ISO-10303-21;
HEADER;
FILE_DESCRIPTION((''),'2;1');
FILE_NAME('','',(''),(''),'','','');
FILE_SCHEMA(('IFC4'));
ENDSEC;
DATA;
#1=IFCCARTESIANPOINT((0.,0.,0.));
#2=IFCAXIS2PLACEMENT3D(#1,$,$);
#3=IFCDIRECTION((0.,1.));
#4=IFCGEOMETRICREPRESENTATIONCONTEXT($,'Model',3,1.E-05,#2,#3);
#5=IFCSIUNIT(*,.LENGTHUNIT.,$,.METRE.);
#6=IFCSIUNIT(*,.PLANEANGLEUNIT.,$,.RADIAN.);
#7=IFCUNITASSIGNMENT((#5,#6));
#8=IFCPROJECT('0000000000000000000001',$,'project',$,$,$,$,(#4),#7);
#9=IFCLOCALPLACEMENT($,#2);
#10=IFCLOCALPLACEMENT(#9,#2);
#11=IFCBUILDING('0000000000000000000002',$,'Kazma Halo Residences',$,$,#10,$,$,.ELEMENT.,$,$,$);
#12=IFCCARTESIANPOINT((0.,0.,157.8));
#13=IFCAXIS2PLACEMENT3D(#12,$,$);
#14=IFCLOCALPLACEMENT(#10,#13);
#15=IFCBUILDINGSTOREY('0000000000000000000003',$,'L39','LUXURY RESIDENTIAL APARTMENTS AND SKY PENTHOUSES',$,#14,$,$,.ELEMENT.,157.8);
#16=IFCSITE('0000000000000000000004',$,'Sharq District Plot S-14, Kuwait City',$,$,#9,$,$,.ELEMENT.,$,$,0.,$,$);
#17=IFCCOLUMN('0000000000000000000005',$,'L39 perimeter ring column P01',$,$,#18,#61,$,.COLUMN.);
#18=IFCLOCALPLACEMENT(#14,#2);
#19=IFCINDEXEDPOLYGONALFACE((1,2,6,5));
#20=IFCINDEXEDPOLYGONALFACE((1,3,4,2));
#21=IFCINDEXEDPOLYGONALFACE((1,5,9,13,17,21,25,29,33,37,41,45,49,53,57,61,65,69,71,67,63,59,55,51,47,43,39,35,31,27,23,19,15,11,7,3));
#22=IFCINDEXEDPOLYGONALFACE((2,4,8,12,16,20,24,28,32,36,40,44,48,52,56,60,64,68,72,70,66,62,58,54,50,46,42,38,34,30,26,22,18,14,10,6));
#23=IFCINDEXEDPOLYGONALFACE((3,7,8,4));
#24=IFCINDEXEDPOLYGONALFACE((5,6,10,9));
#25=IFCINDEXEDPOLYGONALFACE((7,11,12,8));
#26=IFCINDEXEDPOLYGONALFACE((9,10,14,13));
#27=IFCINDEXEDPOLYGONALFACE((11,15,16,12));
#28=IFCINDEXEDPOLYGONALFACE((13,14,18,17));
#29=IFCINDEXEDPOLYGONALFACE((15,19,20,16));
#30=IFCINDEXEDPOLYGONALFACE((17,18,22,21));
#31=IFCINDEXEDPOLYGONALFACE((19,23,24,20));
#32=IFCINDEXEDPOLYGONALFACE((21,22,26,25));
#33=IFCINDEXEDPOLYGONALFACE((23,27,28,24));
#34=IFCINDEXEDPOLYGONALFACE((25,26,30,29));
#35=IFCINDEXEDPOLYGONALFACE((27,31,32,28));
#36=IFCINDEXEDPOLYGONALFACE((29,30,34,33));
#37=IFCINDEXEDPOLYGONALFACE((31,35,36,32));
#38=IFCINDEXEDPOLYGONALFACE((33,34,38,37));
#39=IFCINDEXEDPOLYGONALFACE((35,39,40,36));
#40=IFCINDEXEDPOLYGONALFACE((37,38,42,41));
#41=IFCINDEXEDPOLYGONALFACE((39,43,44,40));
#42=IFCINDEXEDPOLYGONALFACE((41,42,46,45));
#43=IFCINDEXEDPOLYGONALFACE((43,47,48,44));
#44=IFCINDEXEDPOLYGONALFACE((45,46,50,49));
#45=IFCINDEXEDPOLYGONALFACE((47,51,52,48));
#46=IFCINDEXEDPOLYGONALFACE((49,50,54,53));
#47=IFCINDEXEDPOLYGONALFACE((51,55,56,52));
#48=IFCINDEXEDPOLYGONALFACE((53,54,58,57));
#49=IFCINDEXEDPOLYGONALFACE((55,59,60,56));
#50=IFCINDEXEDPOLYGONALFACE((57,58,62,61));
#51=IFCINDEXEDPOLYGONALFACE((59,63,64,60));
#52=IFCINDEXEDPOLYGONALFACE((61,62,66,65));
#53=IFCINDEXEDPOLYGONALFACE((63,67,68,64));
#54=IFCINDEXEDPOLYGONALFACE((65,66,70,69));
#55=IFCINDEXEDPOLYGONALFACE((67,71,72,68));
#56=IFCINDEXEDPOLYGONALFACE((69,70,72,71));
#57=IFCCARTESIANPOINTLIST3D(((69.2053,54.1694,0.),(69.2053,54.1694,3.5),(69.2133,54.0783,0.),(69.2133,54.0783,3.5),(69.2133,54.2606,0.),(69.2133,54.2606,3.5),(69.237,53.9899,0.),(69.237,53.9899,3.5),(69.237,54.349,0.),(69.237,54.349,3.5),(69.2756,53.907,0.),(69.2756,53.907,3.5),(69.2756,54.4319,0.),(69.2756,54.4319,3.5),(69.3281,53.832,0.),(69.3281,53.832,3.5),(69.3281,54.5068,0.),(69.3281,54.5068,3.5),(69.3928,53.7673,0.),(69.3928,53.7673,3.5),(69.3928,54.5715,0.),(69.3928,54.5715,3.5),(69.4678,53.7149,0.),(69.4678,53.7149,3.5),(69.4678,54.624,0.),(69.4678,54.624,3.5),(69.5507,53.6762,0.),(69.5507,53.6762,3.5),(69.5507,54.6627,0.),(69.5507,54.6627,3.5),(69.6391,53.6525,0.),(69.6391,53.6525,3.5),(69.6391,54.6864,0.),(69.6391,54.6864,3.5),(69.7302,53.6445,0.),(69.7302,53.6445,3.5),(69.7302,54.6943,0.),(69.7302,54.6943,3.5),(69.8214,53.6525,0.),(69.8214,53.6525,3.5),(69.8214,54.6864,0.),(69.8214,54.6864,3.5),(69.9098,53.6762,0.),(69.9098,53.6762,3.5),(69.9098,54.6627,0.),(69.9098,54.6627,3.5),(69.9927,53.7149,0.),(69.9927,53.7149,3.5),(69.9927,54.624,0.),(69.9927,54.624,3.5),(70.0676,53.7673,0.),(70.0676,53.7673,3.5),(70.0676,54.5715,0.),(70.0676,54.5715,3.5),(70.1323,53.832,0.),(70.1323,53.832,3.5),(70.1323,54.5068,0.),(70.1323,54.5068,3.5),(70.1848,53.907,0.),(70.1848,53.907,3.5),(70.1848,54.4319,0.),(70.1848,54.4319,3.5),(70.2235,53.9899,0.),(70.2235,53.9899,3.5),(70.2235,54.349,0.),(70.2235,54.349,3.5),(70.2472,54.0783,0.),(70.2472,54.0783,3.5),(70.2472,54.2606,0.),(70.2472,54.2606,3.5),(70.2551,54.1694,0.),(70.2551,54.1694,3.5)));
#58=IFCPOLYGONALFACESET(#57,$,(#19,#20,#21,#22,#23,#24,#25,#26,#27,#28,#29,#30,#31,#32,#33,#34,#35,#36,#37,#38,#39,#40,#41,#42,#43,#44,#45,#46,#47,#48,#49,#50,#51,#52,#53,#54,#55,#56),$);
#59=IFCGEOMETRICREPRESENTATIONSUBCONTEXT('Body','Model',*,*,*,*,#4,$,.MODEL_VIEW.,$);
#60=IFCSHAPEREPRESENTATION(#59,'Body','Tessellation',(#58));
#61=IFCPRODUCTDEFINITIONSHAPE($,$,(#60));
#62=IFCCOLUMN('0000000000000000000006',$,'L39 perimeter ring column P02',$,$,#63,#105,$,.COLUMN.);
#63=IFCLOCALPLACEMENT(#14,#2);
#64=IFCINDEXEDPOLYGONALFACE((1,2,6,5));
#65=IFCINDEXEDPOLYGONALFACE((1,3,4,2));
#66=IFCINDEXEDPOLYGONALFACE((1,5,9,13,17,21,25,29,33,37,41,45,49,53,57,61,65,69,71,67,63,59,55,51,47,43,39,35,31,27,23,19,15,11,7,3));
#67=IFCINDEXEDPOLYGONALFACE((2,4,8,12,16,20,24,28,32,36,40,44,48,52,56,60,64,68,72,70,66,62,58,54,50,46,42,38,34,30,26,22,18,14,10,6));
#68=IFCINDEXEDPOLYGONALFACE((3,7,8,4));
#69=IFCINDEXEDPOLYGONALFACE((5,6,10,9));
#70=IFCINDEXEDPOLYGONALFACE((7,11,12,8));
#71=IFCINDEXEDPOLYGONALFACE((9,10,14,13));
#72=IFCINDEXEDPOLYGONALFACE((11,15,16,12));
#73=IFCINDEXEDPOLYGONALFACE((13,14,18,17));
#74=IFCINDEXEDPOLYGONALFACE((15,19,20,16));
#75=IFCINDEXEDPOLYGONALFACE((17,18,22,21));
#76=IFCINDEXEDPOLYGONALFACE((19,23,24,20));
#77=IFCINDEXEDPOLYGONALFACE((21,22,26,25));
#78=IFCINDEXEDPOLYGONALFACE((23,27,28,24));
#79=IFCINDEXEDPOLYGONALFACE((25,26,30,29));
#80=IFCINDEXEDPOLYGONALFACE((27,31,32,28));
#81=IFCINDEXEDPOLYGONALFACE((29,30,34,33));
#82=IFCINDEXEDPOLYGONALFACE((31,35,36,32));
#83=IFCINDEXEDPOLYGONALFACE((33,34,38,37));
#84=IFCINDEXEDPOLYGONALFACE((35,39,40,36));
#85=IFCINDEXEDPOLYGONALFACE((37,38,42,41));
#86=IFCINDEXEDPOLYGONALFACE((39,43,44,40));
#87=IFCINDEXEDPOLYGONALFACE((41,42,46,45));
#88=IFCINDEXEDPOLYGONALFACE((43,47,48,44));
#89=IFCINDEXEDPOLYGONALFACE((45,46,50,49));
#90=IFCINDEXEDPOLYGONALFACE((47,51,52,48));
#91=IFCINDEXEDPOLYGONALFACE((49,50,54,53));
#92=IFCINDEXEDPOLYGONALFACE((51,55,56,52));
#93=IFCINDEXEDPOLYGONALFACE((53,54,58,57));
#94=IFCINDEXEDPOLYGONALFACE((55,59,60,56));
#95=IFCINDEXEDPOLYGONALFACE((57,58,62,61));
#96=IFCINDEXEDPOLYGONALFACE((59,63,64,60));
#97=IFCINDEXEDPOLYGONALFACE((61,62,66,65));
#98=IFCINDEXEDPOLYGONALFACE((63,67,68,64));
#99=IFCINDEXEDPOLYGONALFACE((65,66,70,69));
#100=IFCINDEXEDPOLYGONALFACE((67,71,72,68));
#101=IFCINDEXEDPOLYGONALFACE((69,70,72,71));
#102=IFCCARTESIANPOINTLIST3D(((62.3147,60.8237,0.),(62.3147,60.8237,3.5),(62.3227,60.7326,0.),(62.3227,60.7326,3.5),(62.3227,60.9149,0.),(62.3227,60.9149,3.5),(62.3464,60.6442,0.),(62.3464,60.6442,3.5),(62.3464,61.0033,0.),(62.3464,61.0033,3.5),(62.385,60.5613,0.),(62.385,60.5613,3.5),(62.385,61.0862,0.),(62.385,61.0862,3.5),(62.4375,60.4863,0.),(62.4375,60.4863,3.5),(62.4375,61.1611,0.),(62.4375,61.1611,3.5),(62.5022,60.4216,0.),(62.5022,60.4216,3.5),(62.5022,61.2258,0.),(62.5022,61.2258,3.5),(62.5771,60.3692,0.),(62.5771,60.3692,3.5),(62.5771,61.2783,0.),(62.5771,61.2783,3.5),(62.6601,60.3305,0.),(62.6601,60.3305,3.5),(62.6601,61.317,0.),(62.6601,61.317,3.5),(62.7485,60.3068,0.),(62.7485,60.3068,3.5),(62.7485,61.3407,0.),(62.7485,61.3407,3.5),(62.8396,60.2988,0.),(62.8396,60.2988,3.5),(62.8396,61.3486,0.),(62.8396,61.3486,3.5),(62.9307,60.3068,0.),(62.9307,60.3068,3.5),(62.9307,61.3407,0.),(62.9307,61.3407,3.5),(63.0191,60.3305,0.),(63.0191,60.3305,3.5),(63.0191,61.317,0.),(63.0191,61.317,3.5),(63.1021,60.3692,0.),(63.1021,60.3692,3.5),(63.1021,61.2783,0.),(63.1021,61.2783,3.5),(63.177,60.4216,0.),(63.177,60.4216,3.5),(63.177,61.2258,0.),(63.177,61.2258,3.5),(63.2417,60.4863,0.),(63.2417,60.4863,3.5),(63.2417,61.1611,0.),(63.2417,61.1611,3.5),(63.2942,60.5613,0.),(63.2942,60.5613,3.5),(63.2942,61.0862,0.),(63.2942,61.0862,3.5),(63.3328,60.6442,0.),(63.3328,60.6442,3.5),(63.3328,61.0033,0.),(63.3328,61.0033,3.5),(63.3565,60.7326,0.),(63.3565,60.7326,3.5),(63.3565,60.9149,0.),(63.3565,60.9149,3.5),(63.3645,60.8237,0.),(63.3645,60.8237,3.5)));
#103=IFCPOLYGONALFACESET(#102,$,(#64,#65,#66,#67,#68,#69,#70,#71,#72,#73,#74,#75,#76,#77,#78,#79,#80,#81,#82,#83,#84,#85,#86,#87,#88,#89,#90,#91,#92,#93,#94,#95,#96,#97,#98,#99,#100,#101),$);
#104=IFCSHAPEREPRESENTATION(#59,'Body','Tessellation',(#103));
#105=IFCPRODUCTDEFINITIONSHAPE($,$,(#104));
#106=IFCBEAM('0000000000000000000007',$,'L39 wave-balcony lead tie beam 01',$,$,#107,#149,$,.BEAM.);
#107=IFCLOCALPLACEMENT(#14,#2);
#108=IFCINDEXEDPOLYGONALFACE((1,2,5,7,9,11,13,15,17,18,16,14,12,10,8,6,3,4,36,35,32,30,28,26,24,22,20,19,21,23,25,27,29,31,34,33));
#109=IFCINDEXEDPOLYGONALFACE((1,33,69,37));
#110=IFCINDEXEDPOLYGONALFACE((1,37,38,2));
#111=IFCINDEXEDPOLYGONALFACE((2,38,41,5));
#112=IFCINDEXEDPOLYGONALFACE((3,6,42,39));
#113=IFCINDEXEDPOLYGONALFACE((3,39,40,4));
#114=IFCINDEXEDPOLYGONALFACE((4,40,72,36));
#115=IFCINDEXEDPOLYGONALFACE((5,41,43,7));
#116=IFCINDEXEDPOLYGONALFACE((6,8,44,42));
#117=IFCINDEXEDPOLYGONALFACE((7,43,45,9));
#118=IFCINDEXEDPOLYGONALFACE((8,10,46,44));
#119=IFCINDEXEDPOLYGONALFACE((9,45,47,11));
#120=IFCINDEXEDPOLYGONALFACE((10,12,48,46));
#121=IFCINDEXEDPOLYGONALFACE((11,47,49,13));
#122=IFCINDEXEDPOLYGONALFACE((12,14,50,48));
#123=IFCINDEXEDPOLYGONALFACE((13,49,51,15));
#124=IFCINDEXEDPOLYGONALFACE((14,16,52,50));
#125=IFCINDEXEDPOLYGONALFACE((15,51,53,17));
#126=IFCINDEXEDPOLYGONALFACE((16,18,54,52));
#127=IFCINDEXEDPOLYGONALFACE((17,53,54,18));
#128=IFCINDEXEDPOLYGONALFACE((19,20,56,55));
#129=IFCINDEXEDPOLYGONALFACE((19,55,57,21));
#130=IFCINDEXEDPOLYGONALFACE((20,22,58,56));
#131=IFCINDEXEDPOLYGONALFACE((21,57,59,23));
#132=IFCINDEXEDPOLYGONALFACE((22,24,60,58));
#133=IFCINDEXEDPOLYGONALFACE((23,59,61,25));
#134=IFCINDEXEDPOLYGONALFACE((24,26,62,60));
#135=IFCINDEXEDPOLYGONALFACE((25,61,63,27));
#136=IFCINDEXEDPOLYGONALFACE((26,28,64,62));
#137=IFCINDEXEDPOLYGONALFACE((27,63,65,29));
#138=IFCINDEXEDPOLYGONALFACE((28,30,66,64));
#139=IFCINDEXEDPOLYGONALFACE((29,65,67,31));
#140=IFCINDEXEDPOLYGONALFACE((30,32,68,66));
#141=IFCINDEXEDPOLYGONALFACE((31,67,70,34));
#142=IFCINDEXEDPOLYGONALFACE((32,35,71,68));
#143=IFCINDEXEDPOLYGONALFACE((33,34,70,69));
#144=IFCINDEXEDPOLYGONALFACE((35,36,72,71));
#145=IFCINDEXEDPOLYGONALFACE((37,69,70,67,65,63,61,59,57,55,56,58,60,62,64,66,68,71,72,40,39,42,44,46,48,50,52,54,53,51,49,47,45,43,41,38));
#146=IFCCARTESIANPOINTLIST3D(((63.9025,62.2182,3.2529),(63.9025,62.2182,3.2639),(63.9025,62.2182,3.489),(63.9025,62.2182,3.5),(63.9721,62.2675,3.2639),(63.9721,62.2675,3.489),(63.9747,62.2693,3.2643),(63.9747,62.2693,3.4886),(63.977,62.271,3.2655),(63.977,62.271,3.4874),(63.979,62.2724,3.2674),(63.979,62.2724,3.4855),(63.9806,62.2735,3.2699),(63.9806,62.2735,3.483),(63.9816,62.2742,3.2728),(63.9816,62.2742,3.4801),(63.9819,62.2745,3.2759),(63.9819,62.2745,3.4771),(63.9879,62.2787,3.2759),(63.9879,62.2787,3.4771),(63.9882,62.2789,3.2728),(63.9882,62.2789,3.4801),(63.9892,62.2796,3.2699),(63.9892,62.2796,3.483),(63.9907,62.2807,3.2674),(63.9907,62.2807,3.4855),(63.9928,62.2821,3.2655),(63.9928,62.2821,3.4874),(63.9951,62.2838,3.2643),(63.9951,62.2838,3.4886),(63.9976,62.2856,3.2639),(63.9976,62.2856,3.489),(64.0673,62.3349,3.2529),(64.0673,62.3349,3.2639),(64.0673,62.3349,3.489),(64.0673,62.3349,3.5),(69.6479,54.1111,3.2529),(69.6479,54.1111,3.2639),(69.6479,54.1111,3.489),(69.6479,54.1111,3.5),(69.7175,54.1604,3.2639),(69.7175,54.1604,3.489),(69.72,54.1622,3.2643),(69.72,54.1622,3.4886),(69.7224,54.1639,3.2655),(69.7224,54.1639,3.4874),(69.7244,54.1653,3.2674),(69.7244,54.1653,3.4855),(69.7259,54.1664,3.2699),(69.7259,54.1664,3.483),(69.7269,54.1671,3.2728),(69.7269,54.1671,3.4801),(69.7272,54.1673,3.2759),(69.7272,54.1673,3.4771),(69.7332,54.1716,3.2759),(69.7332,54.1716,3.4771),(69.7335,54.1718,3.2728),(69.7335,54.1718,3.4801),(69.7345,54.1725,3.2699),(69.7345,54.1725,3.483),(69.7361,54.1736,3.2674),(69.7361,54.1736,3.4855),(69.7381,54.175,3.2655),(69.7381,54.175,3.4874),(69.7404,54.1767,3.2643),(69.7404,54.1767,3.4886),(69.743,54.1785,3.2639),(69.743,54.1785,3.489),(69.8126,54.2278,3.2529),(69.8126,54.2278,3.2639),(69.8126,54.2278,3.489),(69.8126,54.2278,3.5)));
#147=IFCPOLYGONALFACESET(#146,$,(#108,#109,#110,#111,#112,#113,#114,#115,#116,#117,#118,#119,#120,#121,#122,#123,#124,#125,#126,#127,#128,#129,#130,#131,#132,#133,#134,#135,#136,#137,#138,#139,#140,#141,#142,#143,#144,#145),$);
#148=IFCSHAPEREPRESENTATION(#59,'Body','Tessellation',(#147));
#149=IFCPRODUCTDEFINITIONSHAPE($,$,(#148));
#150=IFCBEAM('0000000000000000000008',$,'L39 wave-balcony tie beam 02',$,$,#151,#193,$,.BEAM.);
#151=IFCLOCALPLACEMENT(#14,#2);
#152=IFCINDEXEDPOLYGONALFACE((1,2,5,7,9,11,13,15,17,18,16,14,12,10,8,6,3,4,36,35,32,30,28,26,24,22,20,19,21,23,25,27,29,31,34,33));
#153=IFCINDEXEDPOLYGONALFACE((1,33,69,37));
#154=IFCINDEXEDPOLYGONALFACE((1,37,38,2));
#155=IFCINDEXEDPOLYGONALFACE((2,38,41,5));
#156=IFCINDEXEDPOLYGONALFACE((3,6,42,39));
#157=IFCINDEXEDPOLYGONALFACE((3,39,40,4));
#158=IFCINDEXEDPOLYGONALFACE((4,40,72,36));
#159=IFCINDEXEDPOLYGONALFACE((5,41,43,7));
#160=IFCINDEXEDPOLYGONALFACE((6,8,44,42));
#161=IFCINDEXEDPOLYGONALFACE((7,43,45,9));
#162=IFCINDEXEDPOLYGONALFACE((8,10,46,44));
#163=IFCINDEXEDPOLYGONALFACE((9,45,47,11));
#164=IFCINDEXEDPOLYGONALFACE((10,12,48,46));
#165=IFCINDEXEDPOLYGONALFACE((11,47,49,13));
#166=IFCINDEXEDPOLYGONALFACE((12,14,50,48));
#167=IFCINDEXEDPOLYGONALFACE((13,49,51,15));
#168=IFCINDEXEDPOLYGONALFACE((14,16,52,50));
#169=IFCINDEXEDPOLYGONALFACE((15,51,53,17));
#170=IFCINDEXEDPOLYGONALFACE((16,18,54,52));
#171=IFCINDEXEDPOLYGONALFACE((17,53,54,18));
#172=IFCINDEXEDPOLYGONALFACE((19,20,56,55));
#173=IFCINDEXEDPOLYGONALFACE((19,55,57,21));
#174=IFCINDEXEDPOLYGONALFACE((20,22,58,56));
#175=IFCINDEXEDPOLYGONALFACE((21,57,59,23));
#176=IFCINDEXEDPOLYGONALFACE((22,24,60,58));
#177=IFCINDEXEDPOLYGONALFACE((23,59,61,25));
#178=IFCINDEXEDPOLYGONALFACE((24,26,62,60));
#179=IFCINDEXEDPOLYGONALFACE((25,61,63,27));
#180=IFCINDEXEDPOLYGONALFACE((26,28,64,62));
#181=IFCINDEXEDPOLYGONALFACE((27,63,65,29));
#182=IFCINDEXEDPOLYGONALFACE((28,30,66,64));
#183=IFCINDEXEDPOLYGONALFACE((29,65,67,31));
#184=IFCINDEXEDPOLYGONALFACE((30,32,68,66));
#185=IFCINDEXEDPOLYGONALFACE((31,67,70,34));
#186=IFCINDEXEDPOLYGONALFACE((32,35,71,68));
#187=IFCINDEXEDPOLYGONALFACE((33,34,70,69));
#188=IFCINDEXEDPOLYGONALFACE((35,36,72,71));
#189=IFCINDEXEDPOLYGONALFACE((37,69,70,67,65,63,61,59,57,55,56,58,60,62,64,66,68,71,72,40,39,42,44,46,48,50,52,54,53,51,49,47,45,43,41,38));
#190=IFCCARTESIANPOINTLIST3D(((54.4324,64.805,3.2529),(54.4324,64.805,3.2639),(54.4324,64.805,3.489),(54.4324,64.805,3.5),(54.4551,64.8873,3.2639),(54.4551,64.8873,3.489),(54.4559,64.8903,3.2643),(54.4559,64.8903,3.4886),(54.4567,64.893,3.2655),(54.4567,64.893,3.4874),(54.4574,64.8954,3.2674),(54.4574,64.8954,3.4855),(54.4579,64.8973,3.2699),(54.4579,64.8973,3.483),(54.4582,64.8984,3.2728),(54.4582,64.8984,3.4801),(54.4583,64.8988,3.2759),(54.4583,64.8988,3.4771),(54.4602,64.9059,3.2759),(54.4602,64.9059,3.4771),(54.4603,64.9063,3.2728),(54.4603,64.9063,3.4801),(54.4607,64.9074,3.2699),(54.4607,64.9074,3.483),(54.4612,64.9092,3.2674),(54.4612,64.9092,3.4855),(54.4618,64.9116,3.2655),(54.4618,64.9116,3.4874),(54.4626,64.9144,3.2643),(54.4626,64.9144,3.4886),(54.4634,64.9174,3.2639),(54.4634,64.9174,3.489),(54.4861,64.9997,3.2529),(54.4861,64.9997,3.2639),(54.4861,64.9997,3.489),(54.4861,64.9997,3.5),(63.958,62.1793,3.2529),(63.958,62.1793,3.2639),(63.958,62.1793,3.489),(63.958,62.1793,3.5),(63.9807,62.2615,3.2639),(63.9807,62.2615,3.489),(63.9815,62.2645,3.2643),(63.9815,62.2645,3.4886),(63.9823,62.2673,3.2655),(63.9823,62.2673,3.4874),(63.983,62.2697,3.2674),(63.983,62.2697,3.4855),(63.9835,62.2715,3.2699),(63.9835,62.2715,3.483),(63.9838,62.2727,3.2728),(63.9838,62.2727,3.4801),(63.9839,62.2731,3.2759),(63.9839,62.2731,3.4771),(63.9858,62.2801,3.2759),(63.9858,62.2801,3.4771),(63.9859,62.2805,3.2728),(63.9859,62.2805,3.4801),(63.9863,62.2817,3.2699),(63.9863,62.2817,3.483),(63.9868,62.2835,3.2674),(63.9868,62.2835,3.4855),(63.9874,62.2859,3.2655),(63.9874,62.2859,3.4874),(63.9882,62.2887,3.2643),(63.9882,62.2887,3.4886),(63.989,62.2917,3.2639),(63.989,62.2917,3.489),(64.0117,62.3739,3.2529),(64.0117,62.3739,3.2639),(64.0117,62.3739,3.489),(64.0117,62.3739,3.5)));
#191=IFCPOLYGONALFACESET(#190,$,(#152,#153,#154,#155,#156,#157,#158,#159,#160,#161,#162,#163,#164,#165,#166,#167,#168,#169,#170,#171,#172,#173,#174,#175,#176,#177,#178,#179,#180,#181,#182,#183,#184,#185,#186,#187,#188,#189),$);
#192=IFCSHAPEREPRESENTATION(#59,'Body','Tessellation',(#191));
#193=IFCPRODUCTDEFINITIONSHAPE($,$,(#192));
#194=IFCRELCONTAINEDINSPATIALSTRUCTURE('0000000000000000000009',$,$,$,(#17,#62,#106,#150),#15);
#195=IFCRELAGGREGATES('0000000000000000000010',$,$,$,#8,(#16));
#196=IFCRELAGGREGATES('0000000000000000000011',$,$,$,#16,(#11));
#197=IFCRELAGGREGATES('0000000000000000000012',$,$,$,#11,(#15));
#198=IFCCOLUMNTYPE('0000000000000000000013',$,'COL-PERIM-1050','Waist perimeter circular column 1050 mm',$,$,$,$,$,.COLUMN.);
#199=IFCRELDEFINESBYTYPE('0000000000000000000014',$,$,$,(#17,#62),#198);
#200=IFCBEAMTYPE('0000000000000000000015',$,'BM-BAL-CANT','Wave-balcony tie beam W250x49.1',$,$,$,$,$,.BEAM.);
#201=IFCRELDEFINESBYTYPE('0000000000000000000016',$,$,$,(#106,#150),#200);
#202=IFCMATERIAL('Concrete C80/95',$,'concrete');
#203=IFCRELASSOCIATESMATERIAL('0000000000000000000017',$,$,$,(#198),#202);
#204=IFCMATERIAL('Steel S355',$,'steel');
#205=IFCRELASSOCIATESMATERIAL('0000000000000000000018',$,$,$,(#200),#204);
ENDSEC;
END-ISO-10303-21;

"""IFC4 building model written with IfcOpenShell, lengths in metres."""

from ifc_helpers import new_model, si_unit, direction, frame, origin, origin_2d, place, context, subcontext, project, spatial, circle, i_section, extrude, material, material_profile, profile_set, type_object, element, save


model = new_model("IFC4")

# Units and contexts
model_context = context("Model", 3, precision=1e-05, world=origin(), true_north=direction((0.0, 1.0)))
body_context = subcontext(model_context, "Body", "Model", "MODEL_VIEW")
ifc_project = project(units=[si_unit("LENGTHUNIT", "METRE"), si_unit("PLANEANGLEUNIT", "RADIAN")], contexts=[model_context])

# Site, building, storey
site_placement = place(None, origin())
site = spatial("IfcSite", under=ifc_project, at=site_placement, Name="Sharq District Plot S-14, Kuwait City", CompositionType="ELEMENT", RefElevation=0.0)
building_placement = place(site_placement, origin())
building = spatial("IfcBuilding", under=site, at=building_placement, Name="Kazma Halo Residences", CompositionType="ELEMENT")
storey_placement = place(building_placement, frame((0.0, 0.0, 157.8)))
storey = spatial("IfcBuildingStorey", under=building, at=storey_placement, Name="L39", Description="LUXURY RESIDENTIAL APARTMENTS AND SKY PENTHOUSES", CompositionType="ELEMENT", Elevation=157.8)

# Columns
ifc_material_1 = material(Name="Concrete C80/95", Category="concrete")
ifc_material_profile_1 = material_profile(ifc_material_1, circle(Radius=0.5249, at=origin_2d()), Name="CIRC1050")
ifc_profile_set_1 = profile_set([ifc_material_profile_1], Name="Concrete C80/95")
column_type = type_object("IfcColumnType", Name="COL-PERIM-1050", Description="Waist perimeter circular column 1050 mm", PredefinedType="COLUMN", material=ifc_profile_set_1)
for number, where, z_axis, x_axis, name in (
    (1, (69.7302, 54.1694, 0.0), (0.0, 0.0, 1.0), (1.0, 0.0, 0.0), "L39 perimeter ring column P01"),
    (2, (62.8396, 60.8237, 0.0), (0.0, 0.0, 1.0), (1.0, 0.0, 0.0), "L39 perimeter ring column P02"),
):
    element("IfcColumn", number, at=place(storey_placement, frame(where, z_axis=z_axis, x_axis=x_axis)), inside=storey, type_object=column_type, Name=name, PredefinedType="COLUMN", context=body_context, shape_type="SweptSolid", body=[
        extrude(circle(Radius=0.5249, at=origin_2d()), origin(), (0.0, 0.0, 1.0), 3.5),
    ])

# Beams
ifc_material_2 = material(Name="Steel S355", Category="steel")
ifc_material_profile_2 = material_profile(ifc_material_2, i_section(OverallWidth=0.2019, OverallDepth=0.2471, WebThickness=0.0073, FlangeThickness=0.011, FilletRadius=0.012, at=origin_2d()), Name="W250x49.1")
ifc_profile_set_2 = profile_set([ifc_material_profile_2], Name="Steel S355")
beam_type_1 = type_object("IfcBeamType", Name="BM-BAL-CANT", Description="Wave-balcony tie beam W250x49.1", PredefinedType="BEAM", material=ifc_profile_set_2)
beam_1_placement = place(storey_placement, frame((69.7302, 54.1694, 3.3765), z_axis=(-0.578203, 0.815893, 0.0), x_axis=(-0.815893, -0.578203, 0.0)))
element("IfcBeam", 3, at=beam_1_placement, inside=storey, type_object=beam_type_1, Name="L39 wave-balcony lead tie beam 01", PredefinedType="BEAM", context=body_context, shape_type="SweptSolid", body=[
    extrude(i_section(OverallWidth=0.2019, OverallDepth=0.2471, WebThickness=0.0073, FlangeThickness=0.011, FilletRadius=0.012, at=origin_2d()), origin(), (0.0, 0.0, 1.0), 9.9365),
])
beam_2_placement = place(storey_placement, frame((63.9849, 62.2766, 3.3765), z_axis=(-0.964045, 0.265738, 0.0), x_axis=(-0.265738, -0.964045, 0.0)))
element("IfcBeam", 4, at=beam_2_placement, inside=storey, type_object=beam_type_1, Name="L39 wave-balcony tie beam 02", PredefinedType="BEAM", context=body_context, shape_type="SweptSolid", body=[
    extrude(i_section(OverallWidth=0.2019, OverallDepth=0.2471, WebThickness=0.0073, FlangeThickness=0.011, FilletRadius=0.012, at=origin_2d()), origin(), (0.0, 0.0, 1.0), 9.8809),
])

save(model, "model.ifc")
